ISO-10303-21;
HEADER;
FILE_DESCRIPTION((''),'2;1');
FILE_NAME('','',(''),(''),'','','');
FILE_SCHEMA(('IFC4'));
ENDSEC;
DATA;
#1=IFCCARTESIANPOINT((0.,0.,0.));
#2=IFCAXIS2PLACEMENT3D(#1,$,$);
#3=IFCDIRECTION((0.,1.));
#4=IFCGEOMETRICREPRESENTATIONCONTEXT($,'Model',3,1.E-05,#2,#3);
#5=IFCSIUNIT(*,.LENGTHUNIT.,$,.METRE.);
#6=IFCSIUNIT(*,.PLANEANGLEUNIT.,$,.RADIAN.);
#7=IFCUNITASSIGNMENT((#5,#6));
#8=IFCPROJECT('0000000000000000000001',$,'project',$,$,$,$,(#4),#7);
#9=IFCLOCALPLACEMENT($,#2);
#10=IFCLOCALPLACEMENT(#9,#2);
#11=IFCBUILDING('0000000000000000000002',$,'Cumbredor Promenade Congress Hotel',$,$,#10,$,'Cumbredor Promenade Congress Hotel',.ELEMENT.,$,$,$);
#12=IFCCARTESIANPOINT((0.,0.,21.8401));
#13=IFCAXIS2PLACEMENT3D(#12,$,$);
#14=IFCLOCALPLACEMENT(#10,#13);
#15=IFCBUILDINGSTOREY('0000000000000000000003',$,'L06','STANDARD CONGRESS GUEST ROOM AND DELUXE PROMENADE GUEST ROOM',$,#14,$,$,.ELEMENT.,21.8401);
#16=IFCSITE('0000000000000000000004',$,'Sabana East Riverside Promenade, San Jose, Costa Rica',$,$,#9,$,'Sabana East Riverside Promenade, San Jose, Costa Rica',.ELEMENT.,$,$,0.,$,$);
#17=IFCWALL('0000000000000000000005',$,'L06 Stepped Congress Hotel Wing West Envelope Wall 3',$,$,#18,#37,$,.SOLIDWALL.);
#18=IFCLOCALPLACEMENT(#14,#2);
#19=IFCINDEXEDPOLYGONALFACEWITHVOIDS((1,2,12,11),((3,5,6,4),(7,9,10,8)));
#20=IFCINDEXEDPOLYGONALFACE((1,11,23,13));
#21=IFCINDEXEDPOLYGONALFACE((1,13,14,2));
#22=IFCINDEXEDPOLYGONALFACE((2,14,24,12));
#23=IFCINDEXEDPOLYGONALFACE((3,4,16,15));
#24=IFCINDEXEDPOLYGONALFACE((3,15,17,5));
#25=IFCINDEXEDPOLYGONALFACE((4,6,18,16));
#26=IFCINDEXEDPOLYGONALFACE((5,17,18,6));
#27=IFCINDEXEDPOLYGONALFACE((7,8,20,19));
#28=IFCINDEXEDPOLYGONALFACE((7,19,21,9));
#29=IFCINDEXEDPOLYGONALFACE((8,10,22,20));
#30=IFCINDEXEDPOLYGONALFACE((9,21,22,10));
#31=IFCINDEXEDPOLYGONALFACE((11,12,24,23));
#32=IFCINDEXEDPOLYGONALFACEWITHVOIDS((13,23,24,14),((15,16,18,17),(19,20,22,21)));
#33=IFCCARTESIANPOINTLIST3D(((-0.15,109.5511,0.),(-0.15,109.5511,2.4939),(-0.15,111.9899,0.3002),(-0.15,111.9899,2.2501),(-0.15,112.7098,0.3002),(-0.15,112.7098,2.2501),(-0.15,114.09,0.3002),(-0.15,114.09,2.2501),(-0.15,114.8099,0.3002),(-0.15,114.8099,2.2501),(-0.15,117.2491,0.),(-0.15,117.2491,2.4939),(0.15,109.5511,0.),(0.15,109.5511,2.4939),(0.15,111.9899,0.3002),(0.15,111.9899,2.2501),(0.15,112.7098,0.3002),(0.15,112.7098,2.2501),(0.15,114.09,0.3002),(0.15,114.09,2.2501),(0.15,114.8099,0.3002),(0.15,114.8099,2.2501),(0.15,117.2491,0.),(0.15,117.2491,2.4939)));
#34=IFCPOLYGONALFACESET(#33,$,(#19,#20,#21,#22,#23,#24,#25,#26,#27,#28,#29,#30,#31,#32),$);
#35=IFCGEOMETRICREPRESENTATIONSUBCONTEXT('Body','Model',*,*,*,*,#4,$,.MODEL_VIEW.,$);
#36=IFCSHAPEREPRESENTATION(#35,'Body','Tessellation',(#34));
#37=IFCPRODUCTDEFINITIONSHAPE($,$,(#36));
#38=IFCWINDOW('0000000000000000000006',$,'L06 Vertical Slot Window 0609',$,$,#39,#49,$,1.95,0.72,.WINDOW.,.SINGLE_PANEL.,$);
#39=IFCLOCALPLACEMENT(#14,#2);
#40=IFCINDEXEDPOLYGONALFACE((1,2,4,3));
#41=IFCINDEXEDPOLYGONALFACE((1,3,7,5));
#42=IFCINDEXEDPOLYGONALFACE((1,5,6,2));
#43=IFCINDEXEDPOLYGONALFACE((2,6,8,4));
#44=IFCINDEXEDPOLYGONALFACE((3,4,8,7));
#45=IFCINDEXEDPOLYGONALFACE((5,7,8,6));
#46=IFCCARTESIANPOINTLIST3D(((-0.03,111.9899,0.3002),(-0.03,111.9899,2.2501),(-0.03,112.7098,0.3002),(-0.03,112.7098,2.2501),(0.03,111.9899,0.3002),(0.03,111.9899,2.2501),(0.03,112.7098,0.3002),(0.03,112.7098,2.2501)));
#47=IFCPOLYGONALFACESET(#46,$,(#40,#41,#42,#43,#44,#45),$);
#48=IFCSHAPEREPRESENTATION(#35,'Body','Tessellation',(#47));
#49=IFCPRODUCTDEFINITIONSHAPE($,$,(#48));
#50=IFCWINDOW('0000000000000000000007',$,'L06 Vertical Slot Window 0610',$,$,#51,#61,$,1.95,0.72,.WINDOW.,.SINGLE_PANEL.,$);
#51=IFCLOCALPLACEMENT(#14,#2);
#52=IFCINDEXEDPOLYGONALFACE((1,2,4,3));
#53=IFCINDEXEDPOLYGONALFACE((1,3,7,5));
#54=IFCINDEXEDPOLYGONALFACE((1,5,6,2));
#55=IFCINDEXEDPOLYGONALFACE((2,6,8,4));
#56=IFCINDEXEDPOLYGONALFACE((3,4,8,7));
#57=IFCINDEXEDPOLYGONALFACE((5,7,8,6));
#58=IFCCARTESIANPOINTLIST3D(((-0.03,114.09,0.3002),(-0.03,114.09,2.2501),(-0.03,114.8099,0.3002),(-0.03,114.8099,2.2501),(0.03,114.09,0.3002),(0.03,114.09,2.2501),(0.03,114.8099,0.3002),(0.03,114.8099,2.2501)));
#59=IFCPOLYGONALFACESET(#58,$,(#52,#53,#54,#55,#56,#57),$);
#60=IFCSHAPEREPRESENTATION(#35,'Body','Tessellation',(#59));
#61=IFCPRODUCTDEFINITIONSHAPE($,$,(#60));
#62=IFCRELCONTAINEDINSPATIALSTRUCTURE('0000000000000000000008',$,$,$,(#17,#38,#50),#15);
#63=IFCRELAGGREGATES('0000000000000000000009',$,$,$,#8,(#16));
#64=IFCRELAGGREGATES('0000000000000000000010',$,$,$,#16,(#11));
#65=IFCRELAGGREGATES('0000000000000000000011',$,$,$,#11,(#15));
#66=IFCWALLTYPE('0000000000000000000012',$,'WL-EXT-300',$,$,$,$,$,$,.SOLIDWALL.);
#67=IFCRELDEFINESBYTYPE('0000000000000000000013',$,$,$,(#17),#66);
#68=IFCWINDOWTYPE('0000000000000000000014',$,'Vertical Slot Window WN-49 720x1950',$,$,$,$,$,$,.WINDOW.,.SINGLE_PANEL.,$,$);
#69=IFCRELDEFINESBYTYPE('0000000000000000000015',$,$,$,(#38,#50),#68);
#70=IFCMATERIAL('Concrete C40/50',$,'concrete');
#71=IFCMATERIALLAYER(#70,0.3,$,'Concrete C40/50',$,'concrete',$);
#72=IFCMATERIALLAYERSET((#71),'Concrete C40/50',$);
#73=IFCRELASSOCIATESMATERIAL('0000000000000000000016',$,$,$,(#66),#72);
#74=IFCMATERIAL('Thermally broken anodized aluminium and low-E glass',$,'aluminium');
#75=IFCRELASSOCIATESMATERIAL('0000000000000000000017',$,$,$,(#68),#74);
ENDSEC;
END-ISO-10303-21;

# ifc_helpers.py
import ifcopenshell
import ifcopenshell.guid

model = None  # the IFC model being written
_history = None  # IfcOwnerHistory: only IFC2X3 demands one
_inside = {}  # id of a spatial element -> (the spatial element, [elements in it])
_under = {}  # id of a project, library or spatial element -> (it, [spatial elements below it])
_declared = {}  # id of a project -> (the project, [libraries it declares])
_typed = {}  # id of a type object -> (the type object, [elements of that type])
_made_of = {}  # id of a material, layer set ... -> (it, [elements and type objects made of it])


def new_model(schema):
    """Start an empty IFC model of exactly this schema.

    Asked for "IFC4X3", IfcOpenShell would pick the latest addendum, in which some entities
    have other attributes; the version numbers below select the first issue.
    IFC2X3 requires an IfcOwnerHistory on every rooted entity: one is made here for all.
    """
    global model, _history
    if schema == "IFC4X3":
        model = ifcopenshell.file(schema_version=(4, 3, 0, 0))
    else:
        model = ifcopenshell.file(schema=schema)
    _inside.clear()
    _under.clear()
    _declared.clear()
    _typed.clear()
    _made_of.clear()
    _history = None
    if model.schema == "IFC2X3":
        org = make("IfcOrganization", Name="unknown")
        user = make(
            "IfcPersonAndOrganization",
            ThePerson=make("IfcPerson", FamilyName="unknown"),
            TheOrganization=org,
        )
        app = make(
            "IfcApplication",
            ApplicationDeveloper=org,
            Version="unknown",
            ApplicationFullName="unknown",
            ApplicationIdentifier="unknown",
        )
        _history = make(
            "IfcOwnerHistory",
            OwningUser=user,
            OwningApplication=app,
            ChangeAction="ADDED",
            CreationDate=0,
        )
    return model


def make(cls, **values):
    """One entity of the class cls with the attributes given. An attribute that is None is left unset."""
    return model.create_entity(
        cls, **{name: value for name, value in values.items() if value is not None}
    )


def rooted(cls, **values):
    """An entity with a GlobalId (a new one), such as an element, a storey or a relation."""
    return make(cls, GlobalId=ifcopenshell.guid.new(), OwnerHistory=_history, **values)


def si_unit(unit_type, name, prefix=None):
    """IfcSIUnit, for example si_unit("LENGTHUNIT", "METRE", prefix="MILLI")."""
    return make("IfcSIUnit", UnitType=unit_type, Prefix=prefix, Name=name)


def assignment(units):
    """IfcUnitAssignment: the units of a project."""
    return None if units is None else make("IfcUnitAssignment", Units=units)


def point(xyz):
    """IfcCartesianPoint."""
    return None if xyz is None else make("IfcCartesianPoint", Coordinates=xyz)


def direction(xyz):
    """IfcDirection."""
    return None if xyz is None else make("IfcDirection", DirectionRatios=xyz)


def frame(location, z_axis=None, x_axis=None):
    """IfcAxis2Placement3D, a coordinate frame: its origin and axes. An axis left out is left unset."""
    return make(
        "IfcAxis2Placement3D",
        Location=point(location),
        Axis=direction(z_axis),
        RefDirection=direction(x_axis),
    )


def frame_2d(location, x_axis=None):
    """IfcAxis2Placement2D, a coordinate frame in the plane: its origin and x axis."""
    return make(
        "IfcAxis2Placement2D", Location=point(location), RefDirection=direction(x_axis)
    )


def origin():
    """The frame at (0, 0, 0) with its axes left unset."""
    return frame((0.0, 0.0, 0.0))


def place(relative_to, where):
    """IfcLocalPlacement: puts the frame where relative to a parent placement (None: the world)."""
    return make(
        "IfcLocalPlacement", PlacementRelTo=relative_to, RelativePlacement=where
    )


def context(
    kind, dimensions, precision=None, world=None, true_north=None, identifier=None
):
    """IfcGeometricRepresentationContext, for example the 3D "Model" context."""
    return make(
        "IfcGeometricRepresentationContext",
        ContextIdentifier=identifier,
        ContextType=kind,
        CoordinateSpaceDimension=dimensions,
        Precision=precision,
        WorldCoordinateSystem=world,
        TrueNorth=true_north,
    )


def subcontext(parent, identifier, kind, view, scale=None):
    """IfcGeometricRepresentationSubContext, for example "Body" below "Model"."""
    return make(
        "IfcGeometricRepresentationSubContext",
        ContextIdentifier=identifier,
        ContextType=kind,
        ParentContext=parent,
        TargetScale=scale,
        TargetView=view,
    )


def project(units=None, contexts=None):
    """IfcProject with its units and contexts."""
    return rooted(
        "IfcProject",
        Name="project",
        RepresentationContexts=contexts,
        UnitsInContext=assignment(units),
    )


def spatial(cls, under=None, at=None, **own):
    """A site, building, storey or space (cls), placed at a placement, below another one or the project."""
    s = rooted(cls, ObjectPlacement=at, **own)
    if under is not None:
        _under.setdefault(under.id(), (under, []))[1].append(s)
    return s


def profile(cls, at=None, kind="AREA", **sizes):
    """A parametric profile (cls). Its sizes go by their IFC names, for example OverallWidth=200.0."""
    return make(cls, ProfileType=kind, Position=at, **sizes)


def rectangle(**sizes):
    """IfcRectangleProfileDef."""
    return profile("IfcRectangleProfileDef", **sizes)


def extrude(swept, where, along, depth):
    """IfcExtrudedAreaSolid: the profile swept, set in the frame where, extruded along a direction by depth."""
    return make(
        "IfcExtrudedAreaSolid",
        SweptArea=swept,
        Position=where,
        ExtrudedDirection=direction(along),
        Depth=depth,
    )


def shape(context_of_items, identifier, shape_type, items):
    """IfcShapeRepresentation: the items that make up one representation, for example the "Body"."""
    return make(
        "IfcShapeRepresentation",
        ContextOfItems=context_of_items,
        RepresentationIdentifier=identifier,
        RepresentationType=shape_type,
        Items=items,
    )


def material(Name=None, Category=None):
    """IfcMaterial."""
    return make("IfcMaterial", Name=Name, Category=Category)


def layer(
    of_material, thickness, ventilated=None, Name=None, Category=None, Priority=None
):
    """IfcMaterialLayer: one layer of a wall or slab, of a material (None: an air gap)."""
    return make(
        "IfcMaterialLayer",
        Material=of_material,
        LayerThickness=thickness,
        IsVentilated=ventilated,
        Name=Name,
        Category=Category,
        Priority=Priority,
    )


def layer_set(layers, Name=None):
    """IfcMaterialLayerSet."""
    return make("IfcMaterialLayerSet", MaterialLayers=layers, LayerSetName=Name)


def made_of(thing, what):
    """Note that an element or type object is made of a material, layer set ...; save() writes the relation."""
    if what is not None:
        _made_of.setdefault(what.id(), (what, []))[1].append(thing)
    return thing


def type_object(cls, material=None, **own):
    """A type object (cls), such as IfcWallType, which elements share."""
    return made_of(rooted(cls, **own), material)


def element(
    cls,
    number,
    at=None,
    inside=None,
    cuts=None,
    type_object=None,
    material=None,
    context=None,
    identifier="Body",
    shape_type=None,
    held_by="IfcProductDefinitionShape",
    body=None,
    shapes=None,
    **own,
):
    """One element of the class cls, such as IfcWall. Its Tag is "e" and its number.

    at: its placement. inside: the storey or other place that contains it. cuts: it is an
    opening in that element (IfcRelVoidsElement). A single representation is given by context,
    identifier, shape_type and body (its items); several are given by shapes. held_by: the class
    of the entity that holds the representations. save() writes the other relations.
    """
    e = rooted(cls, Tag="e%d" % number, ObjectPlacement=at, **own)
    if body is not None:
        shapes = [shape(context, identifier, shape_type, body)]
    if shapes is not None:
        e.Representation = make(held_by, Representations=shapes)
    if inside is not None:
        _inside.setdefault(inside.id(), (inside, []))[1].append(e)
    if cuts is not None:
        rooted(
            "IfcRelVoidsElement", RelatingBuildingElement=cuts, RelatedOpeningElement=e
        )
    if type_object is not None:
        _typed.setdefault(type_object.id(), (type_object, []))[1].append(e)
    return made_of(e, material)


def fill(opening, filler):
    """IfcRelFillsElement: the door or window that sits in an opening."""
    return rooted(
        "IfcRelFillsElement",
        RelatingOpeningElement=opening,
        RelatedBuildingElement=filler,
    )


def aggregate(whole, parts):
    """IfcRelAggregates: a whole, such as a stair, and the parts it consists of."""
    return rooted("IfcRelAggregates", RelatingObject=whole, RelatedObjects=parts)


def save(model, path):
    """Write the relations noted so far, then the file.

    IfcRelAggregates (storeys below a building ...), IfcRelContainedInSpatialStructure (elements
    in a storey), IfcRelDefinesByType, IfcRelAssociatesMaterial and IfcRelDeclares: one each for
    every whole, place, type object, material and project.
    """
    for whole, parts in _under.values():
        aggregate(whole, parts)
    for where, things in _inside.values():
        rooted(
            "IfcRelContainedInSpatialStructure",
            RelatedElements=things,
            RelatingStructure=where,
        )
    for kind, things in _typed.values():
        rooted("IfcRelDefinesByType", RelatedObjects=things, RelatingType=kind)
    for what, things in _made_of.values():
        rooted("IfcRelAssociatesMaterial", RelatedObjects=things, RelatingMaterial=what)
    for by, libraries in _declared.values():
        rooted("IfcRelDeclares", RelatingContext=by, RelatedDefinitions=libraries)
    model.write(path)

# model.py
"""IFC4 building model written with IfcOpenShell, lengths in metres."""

from ifc_helpers import new_model, si_unit, direction, frame, frame_2d, origin, place, context, subcontext, project, spatial, rectangle, extrude, material, layer, layer_set, type_object, element, fill, save


model = new_model("IFC4")

# Units and contexts
model_context = context("Model", 3, precision=1e-05, world=origin(), true_north=direction((0.0, 1.0)))
body_context = subcontext(model_context, "Body", "Model", "MODEL_VIEW")
ifc_project = project(units=[si_unit("LENGTHUNIT", "METRE"), si_unit("PLANEANGLEUNIT", "RADIAN")], contexts=[model_context])

# Site, building, storey
site_placement = place(None, origin())
site = spatial("IfcSite", under=ifc_project, at=site_placement, Name="Sabana East Riverside Promenade, San Jose, Costa Rica", LongName="Sabana East Riverside Promenade, San Jose, Costa Rica", CompositionType="ELEMENT", RefElevation=0.0)
building_placement = place(site_placement, origin())
building = spatial("IfcBuilding", under=site, at=building_placement, Name="Cumbredor Promenade Congress Hotel", LongName="Cumbredor Promenade Congress Hotel", CompositionType="ELEMENT")
storey_placement = place(building_placement, frame((0.0, 0.0, 21.8401)))
storey = spatial("IfcBuildingStorey", under=building, at=storey_placement, Name="L06", Description="STANDARD CONGRESS GUEST ROOM AND DELUXE PROMENADE GUEST ROOM", CompositionType="ELEMENT", Elevation=21.8401)

# Shared definitions
ifc_material_1 = material(Name="Concrete C40/50", Category="concrete")

# Shared definitions
ifc_material_2 = material(Name="Thermally broken anodized aluminium and low-E glass", Category="aluminium")

# Wall, openings, windows
ifc_layer_1 = layer(ifc_material_1, 0.3, Name="Concrete C40/50", Category="concrete")
ifc_layer_set_1 = layer_set([ifc_layer_1], Name="Concrete C40/50")
wall_type_1 = type_object("IfcWallType", Name="WL-EXT-300", PredefinedType="SOLIDWALL", material=ifc_layer_set_1)
wall_1_placement = place(storey_placement, frame((0.0, 109.551, 0.0), z_axis=(0.0, 0.0, 1.0), x_axis=(0.0, 1.0, 0.0)))
wall_1 = element("IfcWall", 1, at=wall_1_placement, inside=storey, type_object=wall_type_1, Name="L06 Stepped Congress Hotel Wing West Envelope Wall 3", PredefinedType="SOLIDWALL", context=body_context, shape_type="SweptSolid", body=[
    extrude(rectangle(XDim=7.698, YDim=0.3, at=frame_2d((3.8491, 0.0))), origin(), (0.0, 0.0, 1.0), 2.4939),
])
opening_1_placement = place(wall_1_placement, frame((2.439, 0.0, 0.3)))
opening_1 = element("IfcOpeningElement", 2, at=opening_1_placement, cuts=wall_1, PredefinedType="OPENING", context=body_context, shape_type="SweptSolid", body=[
    extrude(rectangle(XDim=0.72, YDim=1.95, at=frame_2d((0.3599, 0.9751))), frame((0.0, 0.1602, 0.0), z_axis=(0.0, -1.0, 0.0), x_axis=(1.0, 0.0, 0.0)), (0.0, 0.0, 1.0), 0.3201),
])
opening_2_placement = place(wall_1_placement, frame((4.5391, 0.0, 0.3)))
opening_2 = element("IfcOpeningElement", 3, at=opening_2_placement, cuts=wall_1, PredefinedType="OPENING", context=body_context, shape_type="SweptSolid", body=[
    extrude(rectangle(XDim=0.72, YDim=1.95, at=frame_2d((0.3599, 0.9751))), frame((0.0, 0.1602, 0.0), z_axis=(0.0, -1.0, 0.0), x_axis=(1.0, 0.0, 0.0)), (0.0, 0.0, 1.0), 0.3201),
])
window_type_1 = type_object("IfcWindowType", Name="Vertical Slot Window WN-49 720x1950", PartitioningType="SINGLE_PANEL", PredefinedType="WINDOW", material=ifc_material_2)
window_1_placement = place(opening_1_placement, origin())
window_1 = element("IfcWindow", 4, at=window_1_placement, inside=storey, type_object=window_type_1, Name="L06 Vertical Slot Window 0609", OverallHeight=1.95, OverallWidth=0.72, PartitioningType="SINGLE_PANEL", PredefinedType="WINDOW", context=body_context, shape_type="SweptSolid", body=[
    extrude(rectangle(XDim=0.72, YDim=1.95, at=frame_2d((0.3599, 0.9751))), frame((0.0, 0.03, 0.0), z_axis=(0.0, -1.0, 0.0), x_axis=(1.0, 0.0, 0.0)), (0.0, 0.0, 1.0), 0.0601),
])
fill(opening_1, window_1)
window_2_placement = place(opening_2_placement, origin())
window_2 = element("IfcWindow", 5, at=window_2_placement, inside=storey, type_object=window_type_1, Name="L06 Vertical Slot Window 0610", OverallHeight=1.95, OverallWidth=0.72, PartitioningType="SINGLE_PANEL", PredefinedType="WINDOW", context=body_context, shape_type="SweptSolid", body=[
    extrude(rectangle(XDim=0.72, YDim=1.95, at=frame_2d((0.3599, 0.9751))), frame((0.0, 0.03, 0.0), z_axis=(0.0, -1.0, 0.0), x_axis=(1.0, 0.0, 0.0)), (0.0, 0.0, 1.0), 0.0601),
])
fill(opening_2, window_2)

save(model, "model.ifc")
